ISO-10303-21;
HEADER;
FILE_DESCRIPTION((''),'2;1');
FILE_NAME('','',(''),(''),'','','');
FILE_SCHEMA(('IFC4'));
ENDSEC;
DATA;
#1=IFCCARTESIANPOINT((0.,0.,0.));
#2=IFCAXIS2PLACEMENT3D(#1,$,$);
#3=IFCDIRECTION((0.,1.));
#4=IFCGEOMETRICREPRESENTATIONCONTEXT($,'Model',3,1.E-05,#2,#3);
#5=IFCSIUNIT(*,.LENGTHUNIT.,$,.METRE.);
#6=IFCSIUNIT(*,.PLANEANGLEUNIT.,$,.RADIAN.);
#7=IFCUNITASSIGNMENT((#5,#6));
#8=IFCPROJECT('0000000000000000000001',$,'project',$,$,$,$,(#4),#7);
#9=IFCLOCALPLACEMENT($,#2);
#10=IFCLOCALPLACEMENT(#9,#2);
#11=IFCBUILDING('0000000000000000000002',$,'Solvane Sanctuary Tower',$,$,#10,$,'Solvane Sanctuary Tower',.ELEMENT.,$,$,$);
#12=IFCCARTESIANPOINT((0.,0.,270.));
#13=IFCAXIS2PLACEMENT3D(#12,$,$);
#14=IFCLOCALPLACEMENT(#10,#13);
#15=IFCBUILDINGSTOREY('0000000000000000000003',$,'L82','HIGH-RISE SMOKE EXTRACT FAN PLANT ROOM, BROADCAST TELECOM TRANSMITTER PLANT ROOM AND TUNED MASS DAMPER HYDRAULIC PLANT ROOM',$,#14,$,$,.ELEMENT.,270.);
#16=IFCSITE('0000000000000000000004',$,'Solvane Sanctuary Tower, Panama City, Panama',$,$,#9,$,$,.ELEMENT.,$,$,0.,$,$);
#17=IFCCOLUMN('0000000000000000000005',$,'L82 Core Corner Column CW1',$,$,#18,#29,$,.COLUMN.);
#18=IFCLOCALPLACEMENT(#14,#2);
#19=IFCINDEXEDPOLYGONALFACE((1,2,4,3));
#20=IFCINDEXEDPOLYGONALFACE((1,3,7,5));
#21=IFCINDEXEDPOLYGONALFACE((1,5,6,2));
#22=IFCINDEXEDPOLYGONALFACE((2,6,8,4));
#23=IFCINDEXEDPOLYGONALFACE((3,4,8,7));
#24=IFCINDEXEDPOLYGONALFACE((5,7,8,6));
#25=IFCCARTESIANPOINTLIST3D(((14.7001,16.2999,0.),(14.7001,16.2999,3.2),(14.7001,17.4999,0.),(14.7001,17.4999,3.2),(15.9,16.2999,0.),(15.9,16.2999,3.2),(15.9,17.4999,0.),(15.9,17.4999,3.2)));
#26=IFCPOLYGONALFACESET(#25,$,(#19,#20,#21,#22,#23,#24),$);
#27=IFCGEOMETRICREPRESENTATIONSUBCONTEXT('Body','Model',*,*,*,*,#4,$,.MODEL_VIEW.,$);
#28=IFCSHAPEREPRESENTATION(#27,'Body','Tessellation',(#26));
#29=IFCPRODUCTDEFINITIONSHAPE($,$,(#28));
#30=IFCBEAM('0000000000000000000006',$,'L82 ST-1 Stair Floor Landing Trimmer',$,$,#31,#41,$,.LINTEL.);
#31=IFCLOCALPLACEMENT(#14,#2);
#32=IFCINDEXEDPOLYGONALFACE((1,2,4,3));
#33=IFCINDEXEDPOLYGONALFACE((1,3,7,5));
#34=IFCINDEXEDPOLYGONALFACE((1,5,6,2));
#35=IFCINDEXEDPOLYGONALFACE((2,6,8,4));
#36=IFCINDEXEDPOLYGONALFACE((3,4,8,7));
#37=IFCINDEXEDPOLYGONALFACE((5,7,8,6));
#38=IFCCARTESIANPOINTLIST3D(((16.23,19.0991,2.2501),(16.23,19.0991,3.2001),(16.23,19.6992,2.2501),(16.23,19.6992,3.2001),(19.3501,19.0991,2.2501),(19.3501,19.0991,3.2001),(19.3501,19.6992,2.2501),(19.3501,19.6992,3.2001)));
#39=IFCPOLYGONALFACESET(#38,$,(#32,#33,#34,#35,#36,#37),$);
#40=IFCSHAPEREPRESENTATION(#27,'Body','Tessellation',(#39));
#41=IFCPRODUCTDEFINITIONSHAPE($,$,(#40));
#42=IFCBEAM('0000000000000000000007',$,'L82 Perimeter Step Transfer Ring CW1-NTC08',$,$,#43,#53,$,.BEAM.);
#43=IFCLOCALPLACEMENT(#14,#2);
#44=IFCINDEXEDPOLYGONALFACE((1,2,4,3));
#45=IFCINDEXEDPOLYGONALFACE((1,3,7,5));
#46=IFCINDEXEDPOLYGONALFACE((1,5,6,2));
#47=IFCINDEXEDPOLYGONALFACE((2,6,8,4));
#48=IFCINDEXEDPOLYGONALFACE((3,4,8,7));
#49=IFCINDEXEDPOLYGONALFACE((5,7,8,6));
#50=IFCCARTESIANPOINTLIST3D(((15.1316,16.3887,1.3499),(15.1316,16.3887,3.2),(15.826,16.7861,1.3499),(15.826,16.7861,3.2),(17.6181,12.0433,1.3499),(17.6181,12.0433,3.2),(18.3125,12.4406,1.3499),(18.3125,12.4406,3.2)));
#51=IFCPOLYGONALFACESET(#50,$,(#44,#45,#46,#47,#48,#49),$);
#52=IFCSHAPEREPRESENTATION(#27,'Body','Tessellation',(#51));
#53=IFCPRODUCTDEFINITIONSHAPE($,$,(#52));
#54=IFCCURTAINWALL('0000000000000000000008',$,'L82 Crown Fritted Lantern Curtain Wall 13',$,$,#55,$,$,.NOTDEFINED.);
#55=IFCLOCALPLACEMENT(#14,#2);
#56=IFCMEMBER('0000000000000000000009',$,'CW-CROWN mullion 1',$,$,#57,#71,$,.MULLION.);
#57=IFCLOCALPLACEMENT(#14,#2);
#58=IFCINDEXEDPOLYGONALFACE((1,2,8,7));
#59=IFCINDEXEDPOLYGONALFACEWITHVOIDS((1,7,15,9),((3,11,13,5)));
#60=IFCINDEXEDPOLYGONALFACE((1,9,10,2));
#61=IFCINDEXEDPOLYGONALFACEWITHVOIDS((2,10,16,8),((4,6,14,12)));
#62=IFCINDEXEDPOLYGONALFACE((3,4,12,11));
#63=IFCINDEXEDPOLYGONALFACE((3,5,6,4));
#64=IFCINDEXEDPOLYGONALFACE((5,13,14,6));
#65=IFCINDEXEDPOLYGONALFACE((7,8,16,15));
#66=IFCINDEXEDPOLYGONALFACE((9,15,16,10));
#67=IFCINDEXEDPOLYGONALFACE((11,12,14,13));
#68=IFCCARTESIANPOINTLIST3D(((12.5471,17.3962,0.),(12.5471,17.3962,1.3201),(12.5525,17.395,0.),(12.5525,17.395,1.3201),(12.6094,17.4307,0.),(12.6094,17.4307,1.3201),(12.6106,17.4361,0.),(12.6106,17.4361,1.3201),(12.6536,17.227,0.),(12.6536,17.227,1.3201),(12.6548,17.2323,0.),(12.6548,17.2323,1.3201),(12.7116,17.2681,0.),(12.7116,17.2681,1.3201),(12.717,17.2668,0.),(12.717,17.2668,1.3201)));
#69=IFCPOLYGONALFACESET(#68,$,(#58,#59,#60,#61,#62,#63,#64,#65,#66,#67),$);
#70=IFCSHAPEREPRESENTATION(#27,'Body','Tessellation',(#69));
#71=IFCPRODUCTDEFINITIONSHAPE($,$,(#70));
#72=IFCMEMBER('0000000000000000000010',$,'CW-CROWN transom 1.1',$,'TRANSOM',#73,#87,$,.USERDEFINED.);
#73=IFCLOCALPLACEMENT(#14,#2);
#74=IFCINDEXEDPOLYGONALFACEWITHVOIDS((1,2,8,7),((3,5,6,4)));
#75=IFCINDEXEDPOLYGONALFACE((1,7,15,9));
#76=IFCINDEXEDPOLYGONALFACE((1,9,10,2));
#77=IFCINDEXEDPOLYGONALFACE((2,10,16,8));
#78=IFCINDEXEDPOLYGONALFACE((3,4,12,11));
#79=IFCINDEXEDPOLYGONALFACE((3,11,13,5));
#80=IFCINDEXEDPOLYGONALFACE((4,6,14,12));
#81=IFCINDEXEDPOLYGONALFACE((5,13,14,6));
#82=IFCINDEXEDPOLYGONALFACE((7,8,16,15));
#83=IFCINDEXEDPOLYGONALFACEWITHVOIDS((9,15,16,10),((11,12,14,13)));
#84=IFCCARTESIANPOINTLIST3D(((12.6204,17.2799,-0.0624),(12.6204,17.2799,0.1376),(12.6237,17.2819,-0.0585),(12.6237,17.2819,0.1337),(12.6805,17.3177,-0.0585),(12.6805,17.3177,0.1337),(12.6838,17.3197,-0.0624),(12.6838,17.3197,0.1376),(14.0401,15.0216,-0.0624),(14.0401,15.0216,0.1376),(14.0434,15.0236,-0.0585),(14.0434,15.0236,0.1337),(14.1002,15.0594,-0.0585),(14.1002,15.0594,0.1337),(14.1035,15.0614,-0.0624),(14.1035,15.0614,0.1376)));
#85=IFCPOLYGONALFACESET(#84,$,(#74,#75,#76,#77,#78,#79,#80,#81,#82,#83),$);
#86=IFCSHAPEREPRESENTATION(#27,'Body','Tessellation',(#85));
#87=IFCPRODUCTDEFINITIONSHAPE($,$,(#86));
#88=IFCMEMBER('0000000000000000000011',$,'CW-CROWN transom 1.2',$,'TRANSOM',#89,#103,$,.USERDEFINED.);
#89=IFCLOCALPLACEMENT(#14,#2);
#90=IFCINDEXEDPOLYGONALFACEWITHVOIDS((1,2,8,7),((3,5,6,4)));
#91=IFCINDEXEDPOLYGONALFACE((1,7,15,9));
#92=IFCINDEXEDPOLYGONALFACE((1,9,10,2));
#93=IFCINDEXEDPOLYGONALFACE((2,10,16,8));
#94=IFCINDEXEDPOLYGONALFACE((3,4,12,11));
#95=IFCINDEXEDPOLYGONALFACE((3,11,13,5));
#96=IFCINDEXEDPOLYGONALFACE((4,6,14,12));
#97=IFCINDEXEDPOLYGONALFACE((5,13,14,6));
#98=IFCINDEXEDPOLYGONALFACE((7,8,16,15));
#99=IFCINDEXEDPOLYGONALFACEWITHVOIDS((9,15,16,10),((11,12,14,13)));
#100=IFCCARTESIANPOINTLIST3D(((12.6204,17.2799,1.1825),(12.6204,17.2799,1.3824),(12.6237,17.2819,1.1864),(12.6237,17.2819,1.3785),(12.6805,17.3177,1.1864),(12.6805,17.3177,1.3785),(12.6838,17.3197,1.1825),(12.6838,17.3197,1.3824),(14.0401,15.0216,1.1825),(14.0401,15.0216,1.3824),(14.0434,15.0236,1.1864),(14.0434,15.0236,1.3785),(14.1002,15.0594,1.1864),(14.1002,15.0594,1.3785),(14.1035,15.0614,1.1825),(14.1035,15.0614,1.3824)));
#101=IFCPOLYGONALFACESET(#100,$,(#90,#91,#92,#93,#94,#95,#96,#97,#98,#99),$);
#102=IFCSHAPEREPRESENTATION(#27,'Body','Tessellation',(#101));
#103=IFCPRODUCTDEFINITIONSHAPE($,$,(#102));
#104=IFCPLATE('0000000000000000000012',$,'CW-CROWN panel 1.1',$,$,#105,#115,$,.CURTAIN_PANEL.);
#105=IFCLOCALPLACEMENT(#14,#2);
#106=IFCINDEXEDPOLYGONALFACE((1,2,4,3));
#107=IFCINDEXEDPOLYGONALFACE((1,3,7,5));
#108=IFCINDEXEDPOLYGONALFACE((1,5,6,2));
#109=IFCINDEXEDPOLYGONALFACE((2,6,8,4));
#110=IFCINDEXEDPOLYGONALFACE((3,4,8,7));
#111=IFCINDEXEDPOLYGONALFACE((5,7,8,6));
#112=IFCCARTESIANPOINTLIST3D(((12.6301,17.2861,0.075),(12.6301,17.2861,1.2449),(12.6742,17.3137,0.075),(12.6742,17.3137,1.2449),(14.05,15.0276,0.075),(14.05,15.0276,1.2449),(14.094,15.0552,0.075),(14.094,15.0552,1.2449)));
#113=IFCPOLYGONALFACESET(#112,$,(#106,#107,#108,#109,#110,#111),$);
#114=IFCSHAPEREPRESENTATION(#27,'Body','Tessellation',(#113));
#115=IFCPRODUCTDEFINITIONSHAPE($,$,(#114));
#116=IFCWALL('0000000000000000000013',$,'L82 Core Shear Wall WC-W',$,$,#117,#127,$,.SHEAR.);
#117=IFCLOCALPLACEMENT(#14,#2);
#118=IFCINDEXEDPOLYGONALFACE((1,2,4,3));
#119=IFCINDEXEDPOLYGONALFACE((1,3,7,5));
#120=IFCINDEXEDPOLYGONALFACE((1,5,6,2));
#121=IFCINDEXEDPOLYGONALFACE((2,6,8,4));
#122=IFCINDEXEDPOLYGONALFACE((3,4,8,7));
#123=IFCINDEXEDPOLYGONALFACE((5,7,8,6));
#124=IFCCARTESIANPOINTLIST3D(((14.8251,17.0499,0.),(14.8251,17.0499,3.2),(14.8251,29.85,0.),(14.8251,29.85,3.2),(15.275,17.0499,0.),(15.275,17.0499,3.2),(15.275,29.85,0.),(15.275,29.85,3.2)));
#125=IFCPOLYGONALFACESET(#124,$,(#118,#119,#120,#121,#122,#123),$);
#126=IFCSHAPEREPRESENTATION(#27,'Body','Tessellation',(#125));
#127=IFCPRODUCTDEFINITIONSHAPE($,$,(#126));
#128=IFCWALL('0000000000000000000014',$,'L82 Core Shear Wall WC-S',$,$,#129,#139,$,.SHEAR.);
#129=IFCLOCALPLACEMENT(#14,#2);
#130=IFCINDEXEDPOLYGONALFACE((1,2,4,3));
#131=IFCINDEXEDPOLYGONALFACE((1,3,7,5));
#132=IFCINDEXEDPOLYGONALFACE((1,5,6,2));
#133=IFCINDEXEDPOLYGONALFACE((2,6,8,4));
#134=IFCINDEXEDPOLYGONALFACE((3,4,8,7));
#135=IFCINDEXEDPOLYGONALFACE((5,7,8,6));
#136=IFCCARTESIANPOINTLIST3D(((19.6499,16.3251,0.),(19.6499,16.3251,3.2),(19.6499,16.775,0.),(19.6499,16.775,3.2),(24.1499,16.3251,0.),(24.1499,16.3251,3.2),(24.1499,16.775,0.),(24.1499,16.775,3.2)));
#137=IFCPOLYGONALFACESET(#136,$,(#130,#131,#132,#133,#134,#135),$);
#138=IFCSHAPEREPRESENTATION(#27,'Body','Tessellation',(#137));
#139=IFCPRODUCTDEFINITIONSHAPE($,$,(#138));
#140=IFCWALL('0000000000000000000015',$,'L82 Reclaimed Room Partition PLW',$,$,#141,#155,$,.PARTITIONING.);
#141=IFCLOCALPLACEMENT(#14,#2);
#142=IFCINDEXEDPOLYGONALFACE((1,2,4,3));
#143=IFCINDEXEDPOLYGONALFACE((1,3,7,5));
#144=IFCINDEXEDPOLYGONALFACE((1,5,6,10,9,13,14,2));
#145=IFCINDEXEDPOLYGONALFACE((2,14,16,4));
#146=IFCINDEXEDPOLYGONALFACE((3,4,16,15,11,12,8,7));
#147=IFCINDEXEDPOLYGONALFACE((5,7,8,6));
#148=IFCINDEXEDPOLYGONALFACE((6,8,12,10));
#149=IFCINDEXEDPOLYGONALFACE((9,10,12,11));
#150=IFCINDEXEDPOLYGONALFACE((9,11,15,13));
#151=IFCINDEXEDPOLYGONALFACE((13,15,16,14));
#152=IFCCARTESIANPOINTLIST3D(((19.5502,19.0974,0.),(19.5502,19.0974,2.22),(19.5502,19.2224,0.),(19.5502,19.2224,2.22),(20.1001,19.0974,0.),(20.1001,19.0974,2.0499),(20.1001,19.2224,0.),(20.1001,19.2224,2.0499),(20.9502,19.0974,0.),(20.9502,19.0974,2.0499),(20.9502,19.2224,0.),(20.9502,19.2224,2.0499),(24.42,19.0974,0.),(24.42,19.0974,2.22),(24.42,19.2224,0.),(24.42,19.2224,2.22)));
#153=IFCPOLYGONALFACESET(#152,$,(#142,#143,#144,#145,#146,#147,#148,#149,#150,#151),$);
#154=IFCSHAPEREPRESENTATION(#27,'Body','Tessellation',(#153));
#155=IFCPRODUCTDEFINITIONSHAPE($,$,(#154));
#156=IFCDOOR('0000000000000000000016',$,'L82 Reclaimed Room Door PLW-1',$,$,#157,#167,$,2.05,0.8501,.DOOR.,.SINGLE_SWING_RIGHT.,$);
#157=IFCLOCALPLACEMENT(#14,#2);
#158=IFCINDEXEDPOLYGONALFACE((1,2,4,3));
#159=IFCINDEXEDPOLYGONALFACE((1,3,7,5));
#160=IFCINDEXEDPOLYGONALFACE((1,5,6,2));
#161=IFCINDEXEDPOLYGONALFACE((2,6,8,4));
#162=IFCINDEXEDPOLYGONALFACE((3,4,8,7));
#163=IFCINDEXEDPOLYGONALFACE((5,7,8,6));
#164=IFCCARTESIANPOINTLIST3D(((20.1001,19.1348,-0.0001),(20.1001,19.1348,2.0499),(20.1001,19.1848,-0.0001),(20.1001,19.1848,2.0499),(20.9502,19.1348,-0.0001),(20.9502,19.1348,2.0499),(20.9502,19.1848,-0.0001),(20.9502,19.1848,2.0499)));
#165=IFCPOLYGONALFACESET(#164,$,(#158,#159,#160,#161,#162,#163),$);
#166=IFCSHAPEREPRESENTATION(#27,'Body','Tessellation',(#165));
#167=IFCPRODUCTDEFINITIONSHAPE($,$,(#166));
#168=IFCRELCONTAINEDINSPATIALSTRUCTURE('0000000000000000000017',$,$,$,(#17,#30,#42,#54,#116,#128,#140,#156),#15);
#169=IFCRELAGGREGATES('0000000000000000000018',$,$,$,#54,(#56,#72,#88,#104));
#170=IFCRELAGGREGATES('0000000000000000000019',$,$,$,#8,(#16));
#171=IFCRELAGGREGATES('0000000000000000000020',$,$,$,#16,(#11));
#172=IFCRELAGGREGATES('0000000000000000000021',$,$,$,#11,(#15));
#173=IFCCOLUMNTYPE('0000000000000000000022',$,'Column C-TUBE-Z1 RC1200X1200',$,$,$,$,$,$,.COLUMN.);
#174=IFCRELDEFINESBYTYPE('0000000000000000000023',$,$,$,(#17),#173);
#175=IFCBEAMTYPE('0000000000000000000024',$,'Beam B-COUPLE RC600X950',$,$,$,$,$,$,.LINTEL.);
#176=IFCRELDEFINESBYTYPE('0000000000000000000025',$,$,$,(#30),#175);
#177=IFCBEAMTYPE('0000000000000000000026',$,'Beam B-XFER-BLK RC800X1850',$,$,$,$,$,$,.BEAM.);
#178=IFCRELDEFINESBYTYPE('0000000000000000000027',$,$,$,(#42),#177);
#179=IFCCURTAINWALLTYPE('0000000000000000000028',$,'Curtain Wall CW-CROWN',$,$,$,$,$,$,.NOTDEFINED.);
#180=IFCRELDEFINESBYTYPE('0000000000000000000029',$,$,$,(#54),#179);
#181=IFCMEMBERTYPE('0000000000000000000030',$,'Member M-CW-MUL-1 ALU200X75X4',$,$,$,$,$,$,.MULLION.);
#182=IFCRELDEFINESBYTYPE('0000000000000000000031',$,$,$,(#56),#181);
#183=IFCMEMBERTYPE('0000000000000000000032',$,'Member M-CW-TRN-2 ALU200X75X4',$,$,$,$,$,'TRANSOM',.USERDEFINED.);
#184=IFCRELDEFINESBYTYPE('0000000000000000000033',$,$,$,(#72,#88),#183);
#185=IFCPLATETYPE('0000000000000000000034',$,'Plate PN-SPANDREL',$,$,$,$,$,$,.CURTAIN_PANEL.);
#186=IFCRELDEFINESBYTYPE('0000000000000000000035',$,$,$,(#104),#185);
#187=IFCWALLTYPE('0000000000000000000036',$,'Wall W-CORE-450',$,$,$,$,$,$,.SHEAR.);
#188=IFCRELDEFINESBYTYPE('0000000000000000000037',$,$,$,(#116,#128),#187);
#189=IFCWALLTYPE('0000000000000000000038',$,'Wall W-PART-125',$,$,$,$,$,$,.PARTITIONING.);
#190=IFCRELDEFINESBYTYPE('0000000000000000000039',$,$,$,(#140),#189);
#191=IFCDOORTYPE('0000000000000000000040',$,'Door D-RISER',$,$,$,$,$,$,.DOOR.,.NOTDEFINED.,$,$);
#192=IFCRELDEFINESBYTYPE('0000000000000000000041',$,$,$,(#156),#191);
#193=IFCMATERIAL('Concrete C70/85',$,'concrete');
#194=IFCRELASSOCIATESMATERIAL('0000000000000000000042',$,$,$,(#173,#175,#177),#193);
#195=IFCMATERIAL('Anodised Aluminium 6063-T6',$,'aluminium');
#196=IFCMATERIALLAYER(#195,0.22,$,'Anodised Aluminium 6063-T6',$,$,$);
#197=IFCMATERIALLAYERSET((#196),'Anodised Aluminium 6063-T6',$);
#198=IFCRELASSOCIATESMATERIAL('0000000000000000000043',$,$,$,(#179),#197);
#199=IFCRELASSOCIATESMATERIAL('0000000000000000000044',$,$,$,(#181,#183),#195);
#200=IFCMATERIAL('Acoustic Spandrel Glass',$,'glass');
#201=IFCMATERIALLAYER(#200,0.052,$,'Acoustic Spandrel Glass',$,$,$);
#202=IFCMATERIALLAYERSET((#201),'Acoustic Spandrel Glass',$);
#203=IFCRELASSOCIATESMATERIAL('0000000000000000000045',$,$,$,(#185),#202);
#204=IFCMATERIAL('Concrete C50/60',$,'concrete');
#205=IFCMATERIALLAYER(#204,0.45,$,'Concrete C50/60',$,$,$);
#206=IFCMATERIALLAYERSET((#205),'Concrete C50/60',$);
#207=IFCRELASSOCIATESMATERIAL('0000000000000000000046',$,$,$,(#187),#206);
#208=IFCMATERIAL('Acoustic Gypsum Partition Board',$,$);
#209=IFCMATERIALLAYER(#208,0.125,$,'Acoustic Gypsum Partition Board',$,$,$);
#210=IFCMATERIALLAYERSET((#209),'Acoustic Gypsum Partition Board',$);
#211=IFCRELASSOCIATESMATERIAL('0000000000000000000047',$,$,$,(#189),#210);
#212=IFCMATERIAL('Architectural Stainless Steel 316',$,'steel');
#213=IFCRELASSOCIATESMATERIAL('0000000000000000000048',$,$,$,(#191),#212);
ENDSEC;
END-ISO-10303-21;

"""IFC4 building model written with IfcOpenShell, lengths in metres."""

from ifc_helpers import new_model, si_unit, direction, frame, frame_2d, origin, origin_2d, place, context, subcontext, project, spatial, rectangle, hollow_rectangle, extrude, material, layer, layer_set, material_profile, profile_set, type_object, element, fill, aggregate, save


model = new_model("IFC4")

# Units and contexts
model_context = context("Model", 3, precision=1e-05, world=origin(), true_north=direction((0.0, 1.0)))
body_context = subcontext(model_context, "Body", "Model", "MODEL_VIEW")
ifc_project = project(units=[si_unit("LENGTHUNIT", "METRE"), si_unit("PLANEANGLEUNIT", "RADIAN")], contexts=[model_context])

# Site, building, storey
site_placement = place(None, origin())
site = spatial("IfcSite", under=ifc_project, at=site_placement, Name="Solvane Sanctuary Tower, Panama City, Panama", CompositionType="ELEMENT", RefElevation=0.0)
building_placement = place(site_placement, origin())
building = spatial("IfcBuilding", under=site, at=building_placement, Name="Solvane Sanctuary Tower", LongName="Solvane Sanctuary Tower", CompositionType="ELEMENT")
storey_placement = place(building_placement, frame((0.0, 0.0, 270.0)))
storey = spatial("IfcBuildingStorey", under=building, at=storey_placement, Name="L82", Description="HIGH-RISE SMOKE EXTRACT FAN PLANT ROOM, BROADCAST TELECOM TRANSMITTER PLANT ROOM AND TUNED MASS DAMPER HYDRAULIC PLANT ROOM", CompositionType="ELEMENT", Elevation=270.0)

# Column
ifc_material_1 = material(Name="Concrete C70/85", Category="concrete")
ifc_material_profile_1 = material_profile(ifc_material_1, rectangle(XDim=1.2, YDim=1.2, at=origin_2d()), Name="RC1200X1200")
ifc_profile_set_1 = profile_set([ifc_material_profile_1], Name="Concrete C70/85")
column_type = type_object("IfcColumnType", Name="Column C-TUBE-Z1 RC1200X1200", PredefinedType="COLUMN", material=ifc_profile_set_1)
column_placement = place(storey_placement, frame((15.3, 16.8999, 0.0), z_axis=(0.0, 0.0, 1.0), x_axis=(1.0, 0.0, 0.0)))
element("IfcColumn", 1, at=column_placement, inside=storey, type_object=column_type, Name="L82 Core Corner Column CW1", PredefinedType="COLUMN", context=body_context, shape_type="SweptSolid", body=[
    extrude(rectangle(XDim=1.2, YDim=1.2, at=origin_2d()), origin(), (0.0, 0.0, 1.0), 3.2),
])

# Beams
ifc_material_profile_2 = material_profile(ifc_material_1, rectangle(XDim=0.6001, YDim=0.95, at=origin_2d()), Name="RC600X950")
ifc_profile_set_2 = profile_set([ifc_material_profile_2], Name="Concrete C70/85")
beam_type_1 = type_object("IfcBeamType", Name="Beam B-COUPLE RC600X950", PredefinedType="LINTEL", material=ifc_profile_set_2)
beam_1_placement = place(storey_placement, frame((16.23, 19.3992, 2.7251), z_axis=(1.0, 0.0, 0.0), x_axis=(0.0, 1.0, 0.0)))
element("IfcBeam", 2, at=beam_1_placement, inside=storey, type_object=beam_type_1, Name="L82 ST-1 Stair Floor Landing Trimmer", PredefinedType="LINTEL", context=body_context, shape_type="SweptSolid", body=[
    extrude(rectangle(XDim=0.6001, YDim=0.95, at=origin_2d()), origin(), (0.0, 0.0, 1.0), 3.1201),
])
ifc_material_profile_3 = material_profile(ifc_material_1, rectangle(XDim=0.8, YDim=1.8501, at=origin_2d()), Name="RC800X1850")
ifc_profile_set_3 = profile_set([ifc_material_profile_3], Name="Concrete C70/85")
beam_type_2 = type_object("IfcBeamType", Name="Beam B-XFER-BLK RC800X1850", PredefinedType="BEAM", material=ifc_profile_set_3)
beam_2_placement = place(storey_placement, frame((15.4788, 16.5874, 2.2749), z_axis=(0.496659, -0.867946, 0.0), x_axis=(0.867946, 0.496659, 0.0)))
element("IfcBeam", 3, at=beam_2_placement, inside=storey, type_object=beam_type_2, Name="L82 Perimeter Step Transfer Ring CW1-NTC08", PredefinedType="BEAM", context=body_context, shape_type="SweptSolid", body=[
    extrude(rectangle(XDim=0.8, YDim=1.8501, at=origin_2d()), origin(), (0.0, 0.0, 1.0), 5.0066),
])

# Curtain wall, members, plate
ifc_material_2 = material(Name="Anodised Aluminium 6063-T6", Category="aluminium")
ifc_layer_1 = layer(ifc_material_2, 0.22, Name="Anodised Aluminium 6063-T6")
ifc_layer_set_1 = layer_set([ifc_layer_1], Name="Anodised Aluminium 6063-T6")
curtain_wall_type = type_object("IfcCurtainWallType", Name="Curtain Wall CW-CROWN", PredefinedType="NOTDEFINED", material=ifc_layer_set_1)
curtain_wall_placement = place(storey_placement, origin())
curtain_wall = element("IfcCurtainWall", 4, at=curtain_wall_placement, inside=storey, type_object=curtain_wall_type, Name="L82 Crown Fritted Lantern Curtain Wall 13", PredefinedType="NOTDEFINED")
ifc_material_profile_4 = material_profile(ifc_material_2, hollow_rectangle(XDim=0.075, YDim=0.2, WallThickness=0.0039, at=origin_2d()), Name="ALU200X75X4")
ifc_profile_set_4 = profile_set([ifc_material_profile_4], Name="Anodised Aluminium 6063-T6")
member_type_1 = type_object("IfcMemberType", Name="Member M-CW-MUL-1 ALU200X75X4", PredefinedType="MULLION", material=ifc_profile_set_4)
member_1_placement = place(storey_placement, frame((12.6321, 17.3315, 0.0), z_axis=(0.0, 0.0, 1.0), x_axis=(0.846604, 0.532224, 0.0)))
member_1 = element("IfcMember", 5, at=member_1_placement, type_object=member_type_1, Name="CW-CROWN mullion 1", PredefinedType="MULLION", context=body_context, shape_type="SweptSolid", body=[
    extrude(hollow_rectangle(XDim=0.075, YDim=0.2, WallThickness=0.0039, at=origin_2d()), origin(), (0.0, 0.0, 1.0), 1.3201),
])
ifc_material_profile_5 = material_profile(ifc_material_2, hollow_rectangle(XDim=0.075, YDim=0.2, WallThickness=0.0039, at=origin_2d()), Name="ALU200X75X4")
ifc_profile_set_5 = profile_set([ifc_material_profile_5], Name="Anodised Aluminium 6063-T6")
member_type_2 = type_object("IfcMemberType", Name="Member M-CW-TRN-2 ALU200X75X4", ElementType="TRANSOM", PredefinedType="USERDEFINED", material=ifc_profile_set_5)
member_2_placement = place(storey_placement, frame((12.6521, 17.2998, 0.0376), z_axis=(0.532218, -0.846607, 0.0), x_axis=(0.846607, 0.532218, 0.0)))
member_2 = element("IfcMember", 6, at=member_2_placement, type_object=member_type_2, Name="CW-CROWN transom 1.1", ObjectType="TRANSOM", PredefinedType="USERDEFINED", context=body_context, shape_type="SweptSolid", body=[
    extrude(hollow_rectangle(XDim=0.075, YDim=0.2, WallThickness=0.0039, at=origin_2d()), origin(), (0.0, 0.0, 1.0), 2.6675),
])
member_3_placement = place(storey_placement, frame((12.6521, 17.2998, 1.2825), z_axis=(0.532218, -0.846607, 0.0), x_axis=(0.846607, 0.532218, 0.0)))
member_3 = element("IfcMember", 7, at=member_3_placement, type_object=member_type_2, Name="CW-CROWN transom 1.2", ObjectType="TRANSOM", PredefinedType="USERDEFINED", context=body_context, shape_type="SweptSolid", body=[
    extrude(hollow_rectangle(XDim=0.075, YDim=0.2, WallThickness=0.0039, at=origin_2d()), origin(), (0.0, 0.0, 1.0), 2.6675),
])
ifc_material_3 = material(Name="Acoustic Spandrel Glass", Category="glass")
ifc_layer_2 = layer(ifc_material_3, 0.052, Name="Acoustic Spandrel Glass")
ifc_layer_set_2 = layer_set([ifc_layer_2], Name="Acoustic Spandrel Glass")
plate_type = type_object("IfcPlateType", Name="Plate PN-SPANDREL", PredefinedType="CURTAIN_PANEL", material=ifc_layer_set_2)
plate_placement = place(storey_placement, frame((13.3621, 16.1707, 0.075), z_axis=(0.0, 0.0, 1.0), x_axis=(0.532224, -0.846604, 0.0)))
plate = element("IfcPlate", 8, at=plate_placement, type_object=plate_type, Name="CW-CROWN panel 1.1", PredefinedType="CURTAIN_PANEL", context=body_context, shape_type="SweptSolid", body=[
    extrude(rectangle(XDim=2.6677, YDim=0.052, at=origin_2d()), origin(), (0.0, 0.0, 1.0), 1.1699),
])
aggregate(curtain_wall, [member_1, member_2, member_3, plate])

# Walls
ifc_material_4 = material(Name="Concrete C50/60", Category="concrete")
ifc_layer_3 = layer(ifc_material_4, 0.45, Name="Concrete C50/60")
ifc_layer_set_3 = layer_set([ifc_layer_3], Name="Concrete C50/60")
wall_type_1 = type_object("IfcWallType", Name="Wall W-CORE-450", PredefinedType="SHEAR", material=ifc_layer_set_3)
wall_1_placement = place(storey_placement, frame((15.05, 17.05, 0.0), z_axis=(0.0, 0.0, 1.0), x_axis=(0.0, 1.0, 0.0)))
element("IfcWall", 9, at=wall_1_placement, inside=storey, type_object=wall_type_1, Name="L82 Core Shear Wall WC-W", PredefinedType="SHEAR", context=body_context, shape_type="SweptSolid", body=[
    extrude(rectangle(XDim=12.8, YDim=0.45, at=frame_2d((6.3999, 0.0))), origin(), (0.0, 0.0, 1.0), 3.2),
])
wall_2_placement = place(storey_placement, frame((19.6499, 16.55, 0.0), z_axis=(0.0, 0.0, 1.0), x_axis=(1.0, 0.0, 0.0)))
element("IfcWall", 10, at=wall_2_placement, inside=storey, type_object=wall_type_1, Name="L82 Core Shear Wall WC-S", PredefinedType="SHEAR", context=body_context, shape_type="SweptSolid", body=[
    extrude(rectangle(XDim=4.5, YDim=0.45, at=frame_2d((2.25, 0.0))), origin(), (0.0, 0.0, 1.0), 3.2),
])

# Wall, opening, door
ifc_material_5 = material(Name="Acoustic Gypsum Partition Board")
ifc_layer_4 = layer(ifc_material_5, 0.125, Name="Acoustic Gypsum Partition Board")
ifc_layer_set_4 = layer_set([ifc_layer_4], Name="Acoustic Gypsum Partition Board")
wall_type_2 = type_object("IfcWallType", Name="Wall W-PART-125", PredefinedType="PARTITIONING", material=ifc_layer_set_4)
wall_3_placement = place(storey_placement, frame((19.55, 19.1599, 0.0), z_axis=(0.0, 0.0, 1.0), x_axis=(1.0, 0.0, 0.0)))
wall_3 = element("IfcWall", 11, at=wall_3_placement, inside=storey, type_object=wall_type_2, Name="L82 Reclaimed Room Partition PLW", PredefinedType="PARTITIONING", context=body_context, shape_type="SweptSolid", body=[
    extrude(rectangle(XDim=4.8699, YDim=0.125, at=frame_2d((2.4351, 0.0))), origin(), (0.0, 0.0, 1.0), 2.22),
])
opening_1_placement = place(wall_3_placement, frame((0.55, 0.0, 0.0)))
opening_1 = element("IfcOpeningElement", 12, at=opening_1_placement, cuts=wall_3, PredefinedType="OPENING", context=body_context, shape_type="SweptSolid", body=[
    extrude(rectangle(XDim=0.8501, YDim=2.05, at=frame_2d((0.425, 1.0249))), frame((0.0, 0.0725, 0.0), z_axis=(0.0, -1.0, 0.0), x_axis=(1.0, 0.0, 0.0)), (0.0, 0.0, 1.0), 0.145),
])
ifc_material_6 = material(Name="Architectural Stainless Steel 316", Category="steel")
door_type_1 = type_object("IfcDoorType", Name="Door D-RISER", OperationType="NOTDEFINED", PredefinedType="DOOR", material=ifc_material_6)
door_1_placement = place(opening_1_placement, origin())
door_1 = element("IfcDoor", 13, at=door_1_placement, inside=storey, type_object=door_type_1, Name="L82 Reclaimed Room Door PLW-1", OperationType="SINGLE_SWING_RIGHT", OverallHeight=2.05, OverallWidth=0.8501, PredefinedType="DOOR", context=body_context, shape_type="SweptSolid", body=[
    extrude(rectangle(XDim=0.8501, YDim=2.05, at=frame_2d((0.425, 1.0249))), frame((0.0, 0.0249, 0.0), z_axis=(0.0, -1.0, 0.0), x_axis=(1.0, 0.0, 0.0)), (0.0, 0.0, 1.0), 0.05),
])
fill(opening_1, door_1)

save(model, "model.ifc")
